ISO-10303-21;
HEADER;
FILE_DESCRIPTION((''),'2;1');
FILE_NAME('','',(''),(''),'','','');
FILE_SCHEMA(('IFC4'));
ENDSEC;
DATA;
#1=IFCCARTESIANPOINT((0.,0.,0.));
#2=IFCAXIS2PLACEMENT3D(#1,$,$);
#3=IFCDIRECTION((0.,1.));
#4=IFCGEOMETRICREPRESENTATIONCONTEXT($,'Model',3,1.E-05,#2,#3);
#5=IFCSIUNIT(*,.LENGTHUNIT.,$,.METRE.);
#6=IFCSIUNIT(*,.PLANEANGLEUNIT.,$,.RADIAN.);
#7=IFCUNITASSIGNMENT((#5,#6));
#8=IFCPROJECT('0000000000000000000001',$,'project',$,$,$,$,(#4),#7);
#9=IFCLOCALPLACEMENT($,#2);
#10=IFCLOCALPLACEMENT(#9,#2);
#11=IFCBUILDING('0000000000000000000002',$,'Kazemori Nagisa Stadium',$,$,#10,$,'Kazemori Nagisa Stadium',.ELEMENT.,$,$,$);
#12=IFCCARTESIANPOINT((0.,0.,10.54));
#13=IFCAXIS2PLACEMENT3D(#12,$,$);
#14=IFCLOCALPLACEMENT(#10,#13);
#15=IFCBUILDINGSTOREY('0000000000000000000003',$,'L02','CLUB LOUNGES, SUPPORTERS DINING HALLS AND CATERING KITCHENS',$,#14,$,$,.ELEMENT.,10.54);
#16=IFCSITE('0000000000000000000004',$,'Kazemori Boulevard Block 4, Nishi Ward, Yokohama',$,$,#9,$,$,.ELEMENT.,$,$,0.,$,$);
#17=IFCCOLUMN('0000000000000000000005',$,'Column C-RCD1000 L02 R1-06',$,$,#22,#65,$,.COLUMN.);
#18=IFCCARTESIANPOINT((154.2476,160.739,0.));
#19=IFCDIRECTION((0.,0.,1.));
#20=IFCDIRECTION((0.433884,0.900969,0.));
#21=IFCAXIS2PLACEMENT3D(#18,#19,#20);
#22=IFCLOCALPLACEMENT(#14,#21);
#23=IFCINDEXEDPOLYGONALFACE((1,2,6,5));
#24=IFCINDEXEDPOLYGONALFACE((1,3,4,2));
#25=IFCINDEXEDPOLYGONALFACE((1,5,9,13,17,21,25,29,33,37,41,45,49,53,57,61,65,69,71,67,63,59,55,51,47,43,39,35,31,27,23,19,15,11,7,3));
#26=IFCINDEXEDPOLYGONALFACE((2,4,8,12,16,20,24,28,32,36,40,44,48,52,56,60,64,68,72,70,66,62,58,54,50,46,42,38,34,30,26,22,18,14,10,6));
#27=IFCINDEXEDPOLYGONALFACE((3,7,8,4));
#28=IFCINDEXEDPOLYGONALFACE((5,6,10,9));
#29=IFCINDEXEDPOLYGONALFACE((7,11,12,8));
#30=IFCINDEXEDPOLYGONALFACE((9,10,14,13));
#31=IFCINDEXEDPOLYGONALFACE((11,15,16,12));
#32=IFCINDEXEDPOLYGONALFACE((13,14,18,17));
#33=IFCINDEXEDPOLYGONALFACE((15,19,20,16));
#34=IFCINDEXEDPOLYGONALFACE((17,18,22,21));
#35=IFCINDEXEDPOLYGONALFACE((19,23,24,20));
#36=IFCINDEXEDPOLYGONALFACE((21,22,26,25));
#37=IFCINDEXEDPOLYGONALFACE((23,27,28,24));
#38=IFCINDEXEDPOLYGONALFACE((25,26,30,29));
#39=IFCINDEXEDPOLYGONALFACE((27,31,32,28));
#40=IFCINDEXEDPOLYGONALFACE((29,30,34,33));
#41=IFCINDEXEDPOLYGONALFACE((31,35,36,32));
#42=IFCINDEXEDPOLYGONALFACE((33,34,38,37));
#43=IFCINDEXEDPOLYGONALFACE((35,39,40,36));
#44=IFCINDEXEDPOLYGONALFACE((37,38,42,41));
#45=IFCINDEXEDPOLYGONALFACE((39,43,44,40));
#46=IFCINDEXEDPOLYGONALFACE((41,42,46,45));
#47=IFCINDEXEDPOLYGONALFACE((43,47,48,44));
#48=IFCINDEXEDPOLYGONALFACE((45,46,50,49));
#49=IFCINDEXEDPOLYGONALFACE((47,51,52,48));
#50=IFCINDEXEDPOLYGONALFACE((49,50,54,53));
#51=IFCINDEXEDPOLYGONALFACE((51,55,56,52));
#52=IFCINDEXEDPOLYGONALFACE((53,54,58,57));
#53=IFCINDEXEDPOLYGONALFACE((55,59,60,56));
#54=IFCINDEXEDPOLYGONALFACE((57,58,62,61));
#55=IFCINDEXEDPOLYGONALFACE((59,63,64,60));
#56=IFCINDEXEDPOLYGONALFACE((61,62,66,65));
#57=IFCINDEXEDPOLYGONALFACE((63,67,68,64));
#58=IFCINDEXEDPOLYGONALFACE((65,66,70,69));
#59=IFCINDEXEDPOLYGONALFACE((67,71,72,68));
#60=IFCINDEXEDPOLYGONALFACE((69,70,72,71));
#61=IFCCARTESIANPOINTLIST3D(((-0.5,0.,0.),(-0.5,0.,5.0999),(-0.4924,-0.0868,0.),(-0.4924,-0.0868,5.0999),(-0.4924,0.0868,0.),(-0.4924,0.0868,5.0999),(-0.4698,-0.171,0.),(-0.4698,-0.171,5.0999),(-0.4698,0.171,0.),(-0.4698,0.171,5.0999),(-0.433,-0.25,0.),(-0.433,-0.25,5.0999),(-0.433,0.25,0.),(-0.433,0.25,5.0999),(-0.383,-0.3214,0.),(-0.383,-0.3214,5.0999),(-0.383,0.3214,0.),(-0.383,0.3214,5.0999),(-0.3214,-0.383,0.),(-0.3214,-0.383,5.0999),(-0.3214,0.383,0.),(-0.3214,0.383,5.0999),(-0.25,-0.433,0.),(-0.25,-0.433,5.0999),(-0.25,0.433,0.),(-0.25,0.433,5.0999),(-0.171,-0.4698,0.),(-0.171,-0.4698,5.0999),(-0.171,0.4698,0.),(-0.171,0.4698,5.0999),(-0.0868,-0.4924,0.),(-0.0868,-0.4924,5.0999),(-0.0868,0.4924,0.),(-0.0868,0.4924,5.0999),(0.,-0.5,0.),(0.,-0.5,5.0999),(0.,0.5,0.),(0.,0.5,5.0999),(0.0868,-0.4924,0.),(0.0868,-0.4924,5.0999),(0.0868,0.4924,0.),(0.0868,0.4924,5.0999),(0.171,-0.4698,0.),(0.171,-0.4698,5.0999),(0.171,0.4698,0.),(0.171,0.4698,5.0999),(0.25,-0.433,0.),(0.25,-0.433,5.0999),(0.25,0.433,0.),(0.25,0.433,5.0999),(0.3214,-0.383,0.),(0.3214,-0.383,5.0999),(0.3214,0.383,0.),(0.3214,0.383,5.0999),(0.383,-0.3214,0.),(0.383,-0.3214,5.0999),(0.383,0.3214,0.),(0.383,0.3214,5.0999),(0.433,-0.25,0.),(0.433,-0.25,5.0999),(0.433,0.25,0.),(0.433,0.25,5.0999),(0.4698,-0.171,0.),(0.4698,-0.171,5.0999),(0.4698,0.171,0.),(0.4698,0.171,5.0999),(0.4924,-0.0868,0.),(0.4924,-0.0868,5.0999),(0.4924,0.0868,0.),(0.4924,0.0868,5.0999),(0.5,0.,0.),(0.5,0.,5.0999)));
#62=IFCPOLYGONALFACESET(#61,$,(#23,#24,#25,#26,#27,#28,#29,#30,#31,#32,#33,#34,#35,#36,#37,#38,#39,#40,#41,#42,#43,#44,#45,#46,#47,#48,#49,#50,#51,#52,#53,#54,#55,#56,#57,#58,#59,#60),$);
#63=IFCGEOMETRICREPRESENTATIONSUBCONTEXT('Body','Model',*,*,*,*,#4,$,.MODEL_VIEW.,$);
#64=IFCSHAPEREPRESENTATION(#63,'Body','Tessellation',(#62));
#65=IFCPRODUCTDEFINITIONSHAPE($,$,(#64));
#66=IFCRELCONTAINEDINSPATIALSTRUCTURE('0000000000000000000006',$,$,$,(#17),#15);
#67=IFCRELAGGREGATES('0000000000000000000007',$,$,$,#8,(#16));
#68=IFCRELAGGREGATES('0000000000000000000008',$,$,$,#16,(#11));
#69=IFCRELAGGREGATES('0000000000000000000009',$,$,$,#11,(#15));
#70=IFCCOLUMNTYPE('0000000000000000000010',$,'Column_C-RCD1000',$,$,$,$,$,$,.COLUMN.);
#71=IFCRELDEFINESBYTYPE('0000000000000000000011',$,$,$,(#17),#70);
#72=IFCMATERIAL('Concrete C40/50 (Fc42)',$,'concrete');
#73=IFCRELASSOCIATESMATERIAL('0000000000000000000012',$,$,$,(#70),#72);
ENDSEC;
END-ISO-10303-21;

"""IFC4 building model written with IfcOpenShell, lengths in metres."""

from ifc_helpers import new_model, si_unit, direction, frame, origin, origin_2d, place, context, subcontext, project, spatial, circle, extrude, material, material_profile, profile_set, type_object, element, save


model = new_model("IFC4")

# Units and contexts
model_context = context("Model", 3, precision=1e-05, world=origin(), true_north=direction((0.0, 1.0)))
body_context = subcontext(model_context, "Body", "Model", "MODEL_VIEW")
ifc_project = project(units=[si_unit("LENGTHUNIT", "METRE"), si_unit("PLANEANGLEUNIT", "RADIAN")], contexts=[model_context])

# Site, building, storey
site_placement = place(None, origin())
site = spatial("IfcSite", under=ifc_project, at=site_placement, Name="Kazemori Boulevard Block 4, Nishi Ward, Yokohama", CompositionType="ELEMENT", RefElevation=0.0)
building_placement = place(site_placement, origin())
building = spatial("IfcBuilding", under=site, at=building_placement, Name="Kazemori Nagisa Stadium", LongName="Kazemori Nagisa Stadium", CompositionType="ELEMENT")
storey_placement = place(building_placement, frame((0.0, 0.0, 10.54)))
storey = spatial("IfcBuildingStorey", under=building, at=storey_placement, Name="L02", Description="CLUB LOUNGES, SUPPORTERS DINING HALLS AND CATERING KITCHENS", CompositionType="ELEMENT", Elevation=10.54)

# Column
ifc_material_1 = material(Name="Concrete C40/50 (Fc42)", Category="concrete")
ifc_material_profile_1 = material_profile(ifc_material_1, circle(Radius=0.5, at=origin_2d()), Name="RC-COL-D1000")
ifc_profile_set_1 = profile_set([ifc_material_profile_1], Name="Concrete C40/50 (Fc42)")
column_type = type_object("IfcColumnType", Name="Column_C-RCD1000", PredefinedType="COLUMN", material=ifc_profile_set_1)
column_placement = place(storey_placement, frame((154.2476, 160.739, 0.0), z_axis=(0.0, 0.0, 1.0), x_axis=(0.433884, 0.900969, 0.0)))
element("IfcColumn", 1, at=column_placement, inside=storey, type_object=column_type, Name="Column C-RCD1000 L02 R1-06", PredefinedType="COLUMN", context=body_context, shape_type="SweptSolid", body=[
    extrude(circle(Radius=0.5, at=origin_2d()), origin(), (0.0, 0.0, 1.0), 5.0999),
])

save(model, "model.ifc")
